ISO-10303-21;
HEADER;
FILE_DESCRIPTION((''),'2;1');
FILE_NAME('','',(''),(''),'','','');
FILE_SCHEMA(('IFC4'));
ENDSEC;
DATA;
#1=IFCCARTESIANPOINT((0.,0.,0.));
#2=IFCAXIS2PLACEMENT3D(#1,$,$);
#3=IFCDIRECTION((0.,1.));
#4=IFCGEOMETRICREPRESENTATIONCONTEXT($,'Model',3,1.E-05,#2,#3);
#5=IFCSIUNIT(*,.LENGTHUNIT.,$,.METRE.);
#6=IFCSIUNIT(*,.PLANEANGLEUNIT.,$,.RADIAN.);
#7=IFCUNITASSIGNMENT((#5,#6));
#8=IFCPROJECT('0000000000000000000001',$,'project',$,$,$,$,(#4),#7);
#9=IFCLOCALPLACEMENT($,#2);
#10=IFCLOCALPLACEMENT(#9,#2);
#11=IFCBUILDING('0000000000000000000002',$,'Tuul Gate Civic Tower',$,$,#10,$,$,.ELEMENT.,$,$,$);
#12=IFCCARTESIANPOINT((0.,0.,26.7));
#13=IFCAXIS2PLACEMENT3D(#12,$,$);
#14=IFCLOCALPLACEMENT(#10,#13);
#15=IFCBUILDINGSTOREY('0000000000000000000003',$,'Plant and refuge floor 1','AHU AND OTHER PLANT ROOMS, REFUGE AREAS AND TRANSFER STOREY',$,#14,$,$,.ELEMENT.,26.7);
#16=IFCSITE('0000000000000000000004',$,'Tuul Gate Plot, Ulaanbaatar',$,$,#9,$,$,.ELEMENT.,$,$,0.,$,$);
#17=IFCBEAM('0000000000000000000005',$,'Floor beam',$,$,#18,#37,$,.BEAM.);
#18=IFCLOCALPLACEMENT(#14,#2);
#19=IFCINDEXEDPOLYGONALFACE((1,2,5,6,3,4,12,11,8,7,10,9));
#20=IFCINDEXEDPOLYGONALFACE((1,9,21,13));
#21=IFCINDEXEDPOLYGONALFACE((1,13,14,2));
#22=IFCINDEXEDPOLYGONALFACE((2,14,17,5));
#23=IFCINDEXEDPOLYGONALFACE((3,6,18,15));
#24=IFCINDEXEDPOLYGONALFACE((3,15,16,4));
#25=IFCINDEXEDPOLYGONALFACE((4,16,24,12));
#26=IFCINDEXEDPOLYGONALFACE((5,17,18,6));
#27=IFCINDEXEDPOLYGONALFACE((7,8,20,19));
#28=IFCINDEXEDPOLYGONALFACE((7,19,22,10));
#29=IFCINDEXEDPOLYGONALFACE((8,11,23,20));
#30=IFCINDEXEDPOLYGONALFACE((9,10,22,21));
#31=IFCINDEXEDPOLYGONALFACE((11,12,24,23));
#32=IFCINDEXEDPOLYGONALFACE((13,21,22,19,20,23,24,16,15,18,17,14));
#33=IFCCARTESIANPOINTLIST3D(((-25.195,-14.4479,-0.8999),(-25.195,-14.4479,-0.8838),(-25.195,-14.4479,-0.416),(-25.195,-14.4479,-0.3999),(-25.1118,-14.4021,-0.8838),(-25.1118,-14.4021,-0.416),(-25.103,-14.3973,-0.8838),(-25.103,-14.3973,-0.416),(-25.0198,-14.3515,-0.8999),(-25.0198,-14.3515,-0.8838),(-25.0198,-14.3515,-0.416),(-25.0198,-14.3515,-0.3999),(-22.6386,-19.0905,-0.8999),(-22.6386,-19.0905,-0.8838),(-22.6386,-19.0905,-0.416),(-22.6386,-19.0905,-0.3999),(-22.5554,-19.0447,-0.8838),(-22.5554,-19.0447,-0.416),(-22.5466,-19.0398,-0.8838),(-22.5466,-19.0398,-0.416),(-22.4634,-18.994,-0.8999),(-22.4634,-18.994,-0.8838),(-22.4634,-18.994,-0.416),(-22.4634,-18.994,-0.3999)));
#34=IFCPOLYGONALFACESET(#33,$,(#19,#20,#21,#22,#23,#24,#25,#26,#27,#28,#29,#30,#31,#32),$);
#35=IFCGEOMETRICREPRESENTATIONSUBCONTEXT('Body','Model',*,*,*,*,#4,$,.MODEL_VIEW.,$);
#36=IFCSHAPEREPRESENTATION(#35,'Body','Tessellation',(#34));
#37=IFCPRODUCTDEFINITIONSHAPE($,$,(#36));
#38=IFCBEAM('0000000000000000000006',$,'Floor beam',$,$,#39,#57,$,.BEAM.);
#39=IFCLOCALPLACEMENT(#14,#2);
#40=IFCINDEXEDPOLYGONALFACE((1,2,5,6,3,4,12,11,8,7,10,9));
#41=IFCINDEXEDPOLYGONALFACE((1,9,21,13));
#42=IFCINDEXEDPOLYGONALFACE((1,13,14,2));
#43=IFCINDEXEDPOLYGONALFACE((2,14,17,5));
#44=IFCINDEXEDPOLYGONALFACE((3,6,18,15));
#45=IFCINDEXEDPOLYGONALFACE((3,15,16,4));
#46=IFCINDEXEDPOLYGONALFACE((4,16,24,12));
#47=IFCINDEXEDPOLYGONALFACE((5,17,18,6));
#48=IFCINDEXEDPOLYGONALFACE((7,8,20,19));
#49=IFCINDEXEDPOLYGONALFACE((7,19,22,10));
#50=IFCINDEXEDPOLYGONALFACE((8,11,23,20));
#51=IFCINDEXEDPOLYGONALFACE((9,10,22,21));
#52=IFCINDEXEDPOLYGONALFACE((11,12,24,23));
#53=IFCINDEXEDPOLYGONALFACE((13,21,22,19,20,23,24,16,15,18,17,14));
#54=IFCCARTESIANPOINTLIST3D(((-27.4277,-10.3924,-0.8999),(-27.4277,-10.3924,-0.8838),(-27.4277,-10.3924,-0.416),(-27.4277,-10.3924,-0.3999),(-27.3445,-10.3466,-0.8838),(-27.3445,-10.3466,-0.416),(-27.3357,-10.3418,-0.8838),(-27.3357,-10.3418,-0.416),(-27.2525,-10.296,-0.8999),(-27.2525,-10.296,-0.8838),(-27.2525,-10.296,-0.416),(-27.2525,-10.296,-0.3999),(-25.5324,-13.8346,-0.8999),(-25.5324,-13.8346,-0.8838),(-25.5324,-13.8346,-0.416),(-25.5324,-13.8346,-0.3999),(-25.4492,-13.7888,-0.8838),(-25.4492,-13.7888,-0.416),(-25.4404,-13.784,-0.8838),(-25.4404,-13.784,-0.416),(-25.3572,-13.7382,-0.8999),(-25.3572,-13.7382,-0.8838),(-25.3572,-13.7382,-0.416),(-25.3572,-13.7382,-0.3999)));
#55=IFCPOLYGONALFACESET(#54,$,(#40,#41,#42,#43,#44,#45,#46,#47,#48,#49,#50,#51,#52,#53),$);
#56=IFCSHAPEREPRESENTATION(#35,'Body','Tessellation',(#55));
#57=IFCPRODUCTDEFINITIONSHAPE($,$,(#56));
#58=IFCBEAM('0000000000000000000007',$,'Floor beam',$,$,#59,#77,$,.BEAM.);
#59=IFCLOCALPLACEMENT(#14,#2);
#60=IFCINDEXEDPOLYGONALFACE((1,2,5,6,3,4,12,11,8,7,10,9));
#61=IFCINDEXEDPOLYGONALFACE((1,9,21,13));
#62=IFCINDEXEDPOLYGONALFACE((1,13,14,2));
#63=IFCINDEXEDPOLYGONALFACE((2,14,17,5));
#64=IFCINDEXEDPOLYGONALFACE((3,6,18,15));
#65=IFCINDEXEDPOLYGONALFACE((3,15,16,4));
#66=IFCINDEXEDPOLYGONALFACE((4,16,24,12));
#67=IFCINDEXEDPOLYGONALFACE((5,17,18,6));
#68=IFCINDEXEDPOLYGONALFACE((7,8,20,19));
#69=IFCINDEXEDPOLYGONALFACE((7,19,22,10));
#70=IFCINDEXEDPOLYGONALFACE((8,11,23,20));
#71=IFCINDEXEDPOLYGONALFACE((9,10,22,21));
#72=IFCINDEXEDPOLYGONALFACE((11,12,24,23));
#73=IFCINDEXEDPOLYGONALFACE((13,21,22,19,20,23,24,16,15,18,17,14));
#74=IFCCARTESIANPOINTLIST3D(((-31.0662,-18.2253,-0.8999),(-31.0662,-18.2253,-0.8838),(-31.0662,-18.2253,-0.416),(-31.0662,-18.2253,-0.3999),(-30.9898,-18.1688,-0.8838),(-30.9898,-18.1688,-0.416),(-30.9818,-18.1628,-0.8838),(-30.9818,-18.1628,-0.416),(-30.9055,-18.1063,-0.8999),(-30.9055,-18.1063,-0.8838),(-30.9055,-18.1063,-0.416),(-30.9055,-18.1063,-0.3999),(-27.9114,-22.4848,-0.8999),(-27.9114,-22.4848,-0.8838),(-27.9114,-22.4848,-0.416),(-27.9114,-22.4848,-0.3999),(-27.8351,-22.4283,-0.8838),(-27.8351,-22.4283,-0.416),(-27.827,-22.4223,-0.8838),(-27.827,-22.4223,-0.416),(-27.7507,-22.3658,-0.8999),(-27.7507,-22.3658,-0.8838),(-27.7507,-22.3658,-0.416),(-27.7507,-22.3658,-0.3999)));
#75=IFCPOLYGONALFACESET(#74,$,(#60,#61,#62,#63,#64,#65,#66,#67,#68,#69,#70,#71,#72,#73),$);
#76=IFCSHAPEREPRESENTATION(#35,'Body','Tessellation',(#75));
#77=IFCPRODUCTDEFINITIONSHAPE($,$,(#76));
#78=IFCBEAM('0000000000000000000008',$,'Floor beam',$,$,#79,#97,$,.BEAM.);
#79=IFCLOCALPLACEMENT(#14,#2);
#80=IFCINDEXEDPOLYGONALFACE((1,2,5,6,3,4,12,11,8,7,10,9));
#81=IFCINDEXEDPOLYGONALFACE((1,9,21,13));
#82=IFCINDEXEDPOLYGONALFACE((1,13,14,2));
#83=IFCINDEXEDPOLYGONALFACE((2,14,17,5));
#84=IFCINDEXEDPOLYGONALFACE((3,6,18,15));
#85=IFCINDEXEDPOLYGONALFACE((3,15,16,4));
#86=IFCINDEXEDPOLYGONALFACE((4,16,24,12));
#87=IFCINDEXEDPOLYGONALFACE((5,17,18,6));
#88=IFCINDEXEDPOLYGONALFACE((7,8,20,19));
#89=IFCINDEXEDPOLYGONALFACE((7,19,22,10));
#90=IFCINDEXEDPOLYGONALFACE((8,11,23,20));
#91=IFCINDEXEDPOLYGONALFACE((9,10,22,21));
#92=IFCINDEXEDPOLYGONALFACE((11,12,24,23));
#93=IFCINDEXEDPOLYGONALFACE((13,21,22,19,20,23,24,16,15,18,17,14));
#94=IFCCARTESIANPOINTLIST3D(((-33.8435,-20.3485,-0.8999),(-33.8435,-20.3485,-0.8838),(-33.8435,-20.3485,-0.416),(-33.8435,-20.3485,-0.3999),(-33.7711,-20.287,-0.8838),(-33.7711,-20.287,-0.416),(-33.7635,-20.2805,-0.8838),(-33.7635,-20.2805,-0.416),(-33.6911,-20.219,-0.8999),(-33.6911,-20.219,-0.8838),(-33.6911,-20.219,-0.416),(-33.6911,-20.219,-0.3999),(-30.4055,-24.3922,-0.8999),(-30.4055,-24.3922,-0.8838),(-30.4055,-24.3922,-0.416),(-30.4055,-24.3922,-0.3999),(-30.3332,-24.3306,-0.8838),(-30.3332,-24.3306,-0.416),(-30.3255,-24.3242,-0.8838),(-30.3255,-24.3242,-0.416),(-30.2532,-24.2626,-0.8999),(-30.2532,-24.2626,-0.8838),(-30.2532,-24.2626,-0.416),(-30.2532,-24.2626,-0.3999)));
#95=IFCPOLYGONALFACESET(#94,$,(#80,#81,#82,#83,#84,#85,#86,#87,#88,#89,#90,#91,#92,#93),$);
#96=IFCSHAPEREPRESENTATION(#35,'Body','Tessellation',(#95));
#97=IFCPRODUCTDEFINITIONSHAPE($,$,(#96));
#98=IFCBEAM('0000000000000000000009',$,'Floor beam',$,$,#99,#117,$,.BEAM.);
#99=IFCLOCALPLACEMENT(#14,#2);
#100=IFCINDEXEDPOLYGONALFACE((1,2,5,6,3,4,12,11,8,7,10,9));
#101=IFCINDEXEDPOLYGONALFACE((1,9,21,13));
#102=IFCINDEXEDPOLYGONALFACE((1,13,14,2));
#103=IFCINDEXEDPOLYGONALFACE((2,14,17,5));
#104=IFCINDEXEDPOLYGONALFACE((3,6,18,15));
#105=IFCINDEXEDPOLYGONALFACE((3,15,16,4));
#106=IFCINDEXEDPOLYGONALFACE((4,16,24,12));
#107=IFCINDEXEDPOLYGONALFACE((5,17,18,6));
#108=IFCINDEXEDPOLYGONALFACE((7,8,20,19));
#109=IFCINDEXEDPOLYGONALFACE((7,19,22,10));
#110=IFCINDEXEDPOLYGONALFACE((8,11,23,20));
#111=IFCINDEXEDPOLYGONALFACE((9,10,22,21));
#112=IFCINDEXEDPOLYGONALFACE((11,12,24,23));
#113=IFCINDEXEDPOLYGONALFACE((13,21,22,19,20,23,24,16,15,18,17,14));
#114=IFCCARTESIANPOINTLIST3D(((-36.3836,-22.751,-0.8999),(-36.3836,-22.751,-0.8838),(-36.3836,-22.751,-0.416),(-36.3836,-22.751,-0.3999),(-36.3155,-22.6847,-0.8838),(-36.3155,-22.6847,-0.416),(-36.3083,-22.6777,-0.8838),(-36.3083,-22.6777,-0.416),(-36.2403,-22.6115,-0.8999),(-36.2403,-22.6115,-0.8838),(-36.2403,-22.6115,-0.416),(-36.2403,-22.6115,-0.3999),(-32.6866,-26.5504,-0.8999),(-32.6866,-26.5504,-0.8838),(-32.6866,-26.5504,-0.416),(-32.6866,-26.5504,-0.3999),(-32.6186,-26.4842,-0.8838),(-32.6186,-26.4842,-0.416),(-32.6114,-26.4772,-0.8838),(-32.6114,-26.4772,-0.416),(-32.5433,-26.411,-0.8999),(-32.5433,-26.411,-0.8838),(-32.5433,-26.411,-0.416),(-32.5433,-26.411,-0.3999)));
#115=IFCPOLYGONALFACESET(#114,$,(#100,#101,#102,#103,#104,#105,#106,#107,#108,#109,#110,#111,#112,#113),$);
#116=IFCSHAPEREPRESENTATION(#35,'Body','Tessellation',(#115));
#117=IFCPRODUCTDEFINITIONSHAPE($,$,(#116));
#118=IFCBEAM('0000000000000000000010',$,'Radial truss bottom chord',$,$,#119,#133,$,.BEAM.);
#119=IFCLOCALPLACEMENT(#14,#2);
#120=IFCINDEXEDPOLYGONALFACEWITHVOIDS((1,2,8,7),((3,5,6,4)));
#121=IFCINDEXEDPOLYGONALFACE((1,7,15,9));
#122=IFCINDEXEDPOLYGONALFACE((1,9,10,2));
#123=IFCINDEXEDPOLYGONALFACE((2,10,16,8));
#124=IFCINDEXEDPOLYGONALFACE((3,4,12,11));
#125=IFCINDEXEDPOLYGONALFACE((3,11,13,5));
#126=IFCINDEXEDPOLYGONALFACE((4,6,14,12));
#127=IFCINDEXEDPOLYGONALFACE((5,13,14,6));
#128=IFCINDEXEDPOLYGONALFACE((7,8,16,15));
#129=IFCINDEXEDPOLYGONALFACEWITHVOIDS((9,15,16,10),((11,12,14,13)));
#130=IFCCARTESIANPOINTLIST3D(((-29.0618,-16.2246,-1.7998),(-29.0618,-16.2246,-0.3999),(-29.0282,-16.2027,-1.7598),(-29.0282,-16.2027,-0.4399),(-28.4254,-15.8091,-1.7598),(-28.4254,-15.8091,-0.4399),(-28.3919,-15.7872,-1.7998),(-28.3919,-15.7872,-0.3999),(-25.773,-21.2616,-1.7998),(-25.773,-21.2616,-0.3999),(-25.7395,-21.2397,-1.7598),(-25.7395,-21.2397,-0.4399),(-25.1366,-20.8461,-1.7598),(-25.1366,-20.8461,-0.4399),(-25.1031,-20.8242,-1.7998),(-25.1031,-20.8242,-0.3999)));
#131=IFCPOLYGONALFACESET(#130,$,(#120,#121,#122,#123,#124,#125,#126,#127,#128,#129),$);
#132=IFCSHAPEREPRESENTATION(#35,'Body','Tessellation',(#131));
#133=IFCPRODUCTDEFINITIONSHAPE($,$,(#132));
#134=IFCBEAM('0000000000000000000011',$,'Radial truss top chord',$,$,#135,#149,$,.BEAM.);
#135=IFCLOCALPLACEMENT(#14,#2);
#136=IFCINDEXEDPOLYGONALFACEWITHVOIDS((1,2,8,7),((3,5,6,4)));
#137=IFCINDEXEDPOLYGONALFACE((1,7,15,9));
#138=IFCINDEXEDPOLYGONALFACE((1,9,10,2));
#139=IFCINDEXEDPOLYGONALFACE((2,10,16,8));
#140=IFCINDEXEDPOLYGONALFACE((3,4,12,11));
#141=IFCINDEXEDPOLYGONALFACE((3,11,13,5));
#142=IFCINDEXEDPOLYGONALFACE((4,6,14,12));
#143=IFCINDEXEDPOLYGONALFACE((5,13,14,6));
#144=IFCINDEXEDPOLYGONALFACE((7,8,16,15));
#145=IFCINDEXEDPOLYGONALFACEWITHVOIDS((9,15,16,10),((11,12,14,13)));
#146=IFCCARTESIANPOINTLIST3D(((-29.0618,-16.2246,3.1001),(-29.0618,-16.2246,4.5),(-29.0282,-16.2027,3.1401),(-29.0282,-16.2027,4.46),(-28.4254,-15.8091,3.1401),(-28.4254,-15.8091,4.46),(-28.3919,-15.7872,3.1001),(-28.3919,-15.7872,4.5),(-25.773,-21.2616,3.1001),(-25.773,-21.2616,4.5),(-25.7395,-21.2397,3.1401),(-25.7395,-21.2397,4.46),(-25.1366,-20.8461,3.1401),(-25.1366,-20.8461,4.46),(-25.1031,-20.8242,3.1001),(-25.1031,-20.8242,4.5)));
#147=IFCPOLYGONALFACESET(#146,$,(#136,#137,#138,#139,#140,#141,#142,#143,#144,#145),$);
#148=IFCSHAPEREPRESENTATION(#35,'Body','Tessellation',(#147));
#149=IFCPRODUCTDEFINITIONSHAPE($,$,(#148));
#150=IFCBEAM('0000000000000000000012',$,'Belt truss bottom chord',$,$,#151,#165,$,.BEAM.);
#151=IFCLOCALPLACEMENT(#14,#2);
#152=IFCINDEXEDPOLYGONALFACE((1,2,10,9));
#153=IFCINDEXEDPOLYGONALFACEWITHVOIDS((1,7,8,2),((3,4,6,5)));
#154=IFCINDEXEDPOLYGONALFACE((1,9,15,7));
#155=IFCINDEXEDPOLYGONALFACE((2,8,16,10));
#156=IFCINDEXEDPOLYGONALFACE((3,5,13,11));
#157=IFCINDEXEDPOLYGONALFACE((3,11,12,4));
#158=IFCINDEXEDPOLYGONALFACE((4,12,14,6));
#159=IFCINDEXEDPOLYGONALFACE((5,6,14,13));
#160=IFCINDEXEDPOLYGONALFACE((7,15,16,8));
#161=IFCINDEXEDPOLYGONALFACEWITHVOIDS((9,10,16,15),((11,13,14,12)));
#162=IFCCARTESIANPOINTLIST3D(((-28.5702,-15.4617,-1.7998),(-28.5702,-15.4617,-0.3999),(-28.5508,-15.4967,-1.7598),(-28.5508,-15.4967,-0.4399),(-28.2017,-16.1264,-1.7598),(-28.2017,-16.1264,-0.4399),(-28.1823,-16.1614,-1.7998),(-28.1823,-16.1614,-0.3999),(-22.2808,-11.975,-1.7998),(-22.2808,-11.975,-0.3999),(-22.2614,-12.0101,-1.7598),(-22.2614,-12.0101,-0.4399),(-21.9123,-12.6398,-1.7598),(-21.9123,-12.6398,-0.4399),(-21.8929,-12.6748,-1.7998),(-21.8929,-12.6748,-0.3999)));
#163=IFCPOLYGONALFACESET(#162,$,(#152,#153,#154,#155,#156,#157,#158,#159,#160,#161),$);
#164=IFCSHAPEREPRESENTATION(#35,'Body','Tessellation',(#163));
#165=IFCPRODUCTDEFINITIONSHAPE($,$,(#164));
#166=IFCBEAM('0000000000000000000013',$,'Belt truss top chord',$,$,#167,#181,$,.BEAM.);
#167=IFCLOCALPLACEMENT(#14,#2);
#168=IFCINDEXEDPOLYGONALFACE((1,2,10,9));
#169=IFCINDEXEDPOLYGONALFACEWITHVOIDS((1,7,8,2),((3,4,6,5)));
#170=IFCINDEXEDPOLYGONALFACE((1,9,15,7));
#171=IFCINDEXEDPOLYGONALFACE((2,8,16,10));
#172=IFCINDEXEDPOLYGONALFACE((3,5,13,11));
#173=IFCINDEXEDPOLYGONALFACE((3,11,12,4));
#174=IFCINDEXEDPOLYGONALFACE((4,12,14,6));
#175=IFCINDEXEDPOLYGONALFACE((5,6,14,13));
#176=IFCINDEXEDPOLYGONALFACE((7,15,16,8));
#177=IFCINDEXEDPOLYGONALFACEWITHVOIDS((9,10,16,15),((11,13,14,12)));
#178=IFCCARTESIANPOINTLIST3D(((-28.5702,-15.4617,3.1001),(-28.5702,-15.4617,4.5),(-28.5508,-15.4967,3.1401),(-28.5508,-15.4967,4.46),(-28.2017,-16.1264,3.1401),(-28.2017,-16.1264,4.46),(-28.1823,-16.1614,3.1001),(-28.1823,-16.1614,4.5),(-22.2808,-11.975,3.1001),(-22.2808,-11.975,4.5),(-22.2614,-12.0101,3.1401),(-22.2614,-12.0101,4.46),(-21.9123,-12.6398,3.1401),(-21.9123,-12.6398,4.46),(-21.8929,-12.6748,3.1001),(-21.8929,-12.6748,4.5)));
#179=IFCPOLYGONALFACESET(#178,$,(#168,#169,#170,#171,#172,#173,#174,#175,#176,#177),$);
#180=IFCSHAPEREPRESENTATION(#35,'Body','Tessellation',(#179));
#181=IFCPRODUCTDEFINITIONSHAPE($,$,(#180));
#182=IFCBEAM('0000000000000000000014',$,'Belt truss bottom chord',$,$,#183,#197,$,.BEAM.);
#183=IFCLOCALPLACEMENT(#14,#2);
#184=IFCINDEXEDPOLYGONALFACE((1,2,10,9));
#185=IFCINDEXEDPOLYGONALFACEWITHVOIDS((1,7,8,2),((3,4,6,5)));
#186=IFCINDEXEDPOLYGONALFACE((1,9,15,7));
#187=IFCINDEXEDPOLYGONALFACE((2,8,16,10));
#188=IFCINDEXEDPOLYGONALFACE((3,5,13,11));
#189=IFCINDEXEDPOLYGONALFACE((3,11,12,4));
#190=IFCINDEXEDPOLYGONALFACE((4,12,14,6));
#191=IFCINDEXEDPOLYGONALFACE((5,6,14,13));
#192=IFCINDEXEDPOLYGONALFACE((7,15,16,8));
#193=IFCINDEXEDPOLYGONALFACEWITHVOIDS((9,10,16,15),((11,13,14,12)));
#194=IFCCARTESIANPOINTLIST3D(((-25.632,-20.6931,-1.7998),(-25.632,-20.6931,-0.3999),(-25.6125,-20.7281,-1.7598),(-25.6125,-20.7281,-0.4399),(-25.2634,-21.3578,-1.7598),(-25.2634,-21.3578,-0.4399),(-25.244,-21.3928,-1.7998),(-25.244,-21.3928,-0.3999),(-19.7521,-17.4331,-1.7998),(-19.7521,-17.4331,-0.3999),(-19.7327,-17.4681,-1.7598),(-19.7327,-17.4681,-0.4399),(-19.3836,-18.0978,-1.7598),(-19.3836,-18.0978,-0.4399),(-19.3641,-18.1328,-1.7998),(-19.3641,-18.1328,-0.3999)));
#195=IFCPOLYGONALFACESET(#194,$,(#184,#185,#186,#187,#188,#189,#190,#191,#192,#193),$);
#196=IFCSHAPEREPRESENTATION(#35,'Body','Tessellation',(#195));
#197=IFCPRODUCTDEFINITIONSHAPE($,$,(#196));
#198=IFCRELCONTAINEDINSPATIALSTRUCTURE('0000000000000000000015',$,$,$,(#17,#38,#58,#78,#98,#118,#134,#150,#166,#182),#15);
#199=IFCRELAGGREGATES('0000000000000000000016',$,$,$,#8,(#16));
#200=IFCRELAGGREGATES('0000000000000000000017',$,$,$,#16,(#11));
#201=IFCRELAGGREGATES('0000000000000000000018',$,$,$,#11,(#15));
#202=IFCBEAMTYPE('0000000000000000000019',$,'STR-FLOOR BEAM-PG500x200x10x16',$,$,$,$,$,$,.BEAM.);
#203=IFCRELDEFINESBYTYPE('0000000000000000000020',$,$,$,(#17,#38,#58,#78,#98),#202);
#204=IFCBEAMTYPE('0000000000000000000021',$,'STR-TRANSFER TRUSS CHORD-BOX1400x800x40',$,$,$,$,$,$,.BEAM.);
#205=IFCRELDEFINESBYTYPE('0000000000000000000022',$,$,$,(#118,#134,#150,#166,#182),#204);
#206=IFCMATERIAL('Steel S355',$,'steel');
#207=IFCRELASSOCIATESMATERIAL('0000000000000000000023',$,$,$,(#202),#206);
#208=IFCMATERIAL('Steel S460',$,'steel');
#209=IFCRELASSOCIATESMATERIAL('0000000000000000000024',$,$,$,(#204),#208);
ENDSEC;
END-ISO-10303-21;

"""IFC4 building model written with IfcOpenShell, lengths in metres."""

from ifc_helpers import new_model, si_unit, direction, frame, origin, origin_2d, place, context, subcontext, project, spatial, hollow_rectangle, i_section, extrude, material, material_profile, profile_set, type_object, element, save


model = new_model("IFC4")

# Units and contexts
model_context = context("Model", 3, precision=1e-05, world=origin(), true_north=direction((0.0, 1.0)))
body_context = subcontext(model_context, "Body", "Model", "MODEL_VIEW")
ifc_project = project(units=[si_unit("LENGTHUNIT", "METRE"), si_unit("PLANEANGLEUNIT", "RADIAN")], contexts=[model_context])

# Site, building, storey
site_placement = place(None, origin())
site = spatial("IfcSite", under=ifc_project, at=site_placement, Name="Tuul Gate Plot, Ulaanbaatar", CompositionType="ELEMENT", RefElevation=0.0)
building_placement = place(site_placement, origin())
building = spatial("IfcBuilding", under=site, at=building_placement, Name="Tuul Gate Civic Tower", CompositionType="ELEMENT")
storey_placement = place(building_placement, frame((0.0, 0.0, 26.7)))
storey = spatial("IfcBuildingStorey", under=building, at=storey_placement, Name="Plant and refuge floor 1", Description="AHU AND OTHER PLANT ROOMS, REFUGE AREAS AND TRANSFER STOREY", CompositionType="ELEMENT", Elevation=26.7)

# Beams
ifc_material_1 = material(Name="Steel S355", Category="steel")
ifc_material_profile_1 = material_profile(ifc_material_1, i_section(OverallWidth=0.2, OverallDepth=0.5, WebThickness=0.01, FlangeThickness=0.0161, at=origin_2d()), Name="PG500x200x10x16")
ifc_profile_set_1 = profile_set([ifc_material_profile_1], Name="Steel S355")
beam_type_1 = type_object("IfcBeamType", Name="STR-FLOOR BEAM-PG500x200x10x16", PredefinedType="BEAM", material=ifc_profile_set_1)
beam_1_placement = place(storey_placement, frame((-22.551, -19.0422, -0.6499), z_axis=(-0.48235, 0.875978, 0.0), x_axis=(-0.875978, -0.48235, 0.0)))
element("IfcBeam", 1, at=beam_1_placement, inside=storey, type_object=beam_type_1, Name="Floor beam", PredefinedType="BEAM", context=body_context, shape_type="SweptSolid", body=[
    extrude(i_section(OverallWidth=0.2, OverallDepth=0.5, WebThickness=0.01, FlangeThickness=0.0161, at=origin_2d()), origin(), (0.0, 0.0, 1.0), 5.2998),
])
beam_2_placement = place(storey_placement, frame((-25.4448, -13.7864, -0.6499), z_axis=(-0.482327, 0.875991, 0.0), x_axis=(-0.875991, -0.482327, 0.0)))
element("IfcBeam", 2, at=beam_2_placement, inside=storey, type_object=beam_type_1, Name="Floor beam", PredefinedType="BEAM", context=body_context, shape_type="SweptSolid", body=[
    extrude(i_section(OverallWidth=0.2, OverallDepth=0.5, WebThickness=0.01, FlangeThickness=0.0161, at=origin_2d()), origin(), (0.0, 0.0, 1.0), 3.9294),
])
beam_3_placement = place(storey_placement, frame((-27.8311, -22.4253, -0.6499), z_axis=(-0.595177, 0.803595, 0.0), x_axis=(-0.803595, -0.595177, 0.0)))
element("IfcBeam", 3, at=beam_3_placement, inside=storey, type_object=beam_type_1, Name="Floor beam", PredefinedType="BEAM", context=body_context, shape_type="SweptSolid", body=[
    extrude(i_section(OverallWidth=0.2, OverallDepth=0.5, WebThickness=0.01, FlangeThickness=0.0161, at=origin_2d()), origin(), (0.0, 0.0, 1.0), 5.3005),
])
beam_4_placement = place(storey_placement, frame((-30.3293, -24.3274, -0.6499), z_axis=(-0.647741, 0.761861, 0.0), x_axis=(-0.761861, -0.647741, 0.0)))
element("IfcBeam", 4, at=beam_4_placement, inside=storey, type_object=beam_type_1, Name="Floor beam", PredefinedType="BEAM", context=body_context, shape_type="SweptSolid", body=[
    extrude(i_section(OverallWidth=0.2, OverallDepth=0.5, WebThickness=0.01, FlangeThickness=0.0161, at=origin_2d()), origin(), (0.0, 0.0, 1.0), 5.3076),
])
beam_5_placement = place(storey_placement, frame((-32.615, -26.4807, -0.6499), z_axis=(-0.69737, 0.716712, 0.0), x_axis=(-0.716712, -0.69737, 0.0)))
element("IfcBeam", 5, at=beam_5_placement, inside=storey, type_object=beam_type_1, Name="Floor beam", PredefinedType="BEAM", context=body_context, shape_type="SweptSolid", body=[
    extrude(i_section(OverallWidth=0.2, OverallDepth=0.5, WebThickness=0.01, FlangeThickness=0.0161, at=origin_2d()), origin(), (0.0, 0.0, 1.0), 5.3013),
])
ifc_material_2 = material(Name="Steel S460", Category="steel")
ifc_material_profile_2 = material_profile(ifc_material_2, hollow_rectangle(XDim=0.8, YDim=1.3999, WallThickness=0.04, at=origin_2d()), Name="BOX1400x800x40")
ifc_profile_set_2 = profile_set([ifc_material_profile_2], Name="Steel S460")
beam_type_2 = type_object("IfcBeamType", Name="STR-TRANSFER TRUSS CHORD-BOX1400x800x40", PredefinedType="BEAM", material=ifc_profile_set_2)
for number, where, z_axis, x_axis, name in (
    (6, (-28.7268, -16.0059, -1.0999), (0.546705, -0.837325, 0.0), (0.837325, 0.546705, 0.0), "Radial truss bottom chord"),
    (7, (-28.7268, -16.0059, 3.8), (0.546705, -0.837325, 0.0), (0.837325, 0.546705, 0.0), "Radial truss top chord"),
):
    element("IfcBeam", number, at=place(storey_placement, frame(where, z_axis=z_axis, x_axis=x_axis)), inside=storey, type_object=beam_type_2, Name=name, PredefinedType="BEAM", context=body_context, shape_type="SweptSolid", body=[
        extrude(hollow_rectangle(XDim=0.8, YDim=1.3999, WallThickness=0.04, at=origin_2d()), origin(), (0.0, 0.0, 1.0), 6.0156),
    ])
for number, where, z_axis, x_axis, name in (
    (8, (-28.3762, -15.8115, -1.0999), (0.874599, 0.484847, 0.0), (-0.484847, 0.874599, 0.0), "Belt truss bottom chord"),
    (9, (-28.3762, -15.8115, 3.8), (0.874599, 0.484847, 0.0), (-0.484847, 0.874599, 0.0), "Belt truss top chord"),
):
    element("IfcBeam", number, at=place(storey_placement, frame(where, z_axis=z_axis, x_axis=x_axis)), inside=storey, type_object=beam_type_2, Name=name, PredefinedType="BEAM", context=body_context, shape_type="SweptSolid", body=[
        extrude(hollow_rectangle(XDim=0.8, YDim=1.3999, WallThickness=0.04, at=origin_2d()), origin(), (0.0, 0.0, 1.0), 7.1912),
    ])
for number, where, z_axis, x_axis, name in (
    (10, (-25.438, -21.043, -1.0999), (0.874573, 0.484894, 0.0), (-0.484894, 0.874573, 0.0), "Belt truss bottom chord"),
):
    element("IfcBeam", number, at=place(storey_placement, frame(where, z_axis=z_axis, x_axis=x_axis)), inside=storey, type_object=beam_type_2, Name=name, PredefinedType="BEAM", context=body_context, shape_type="SweptSolid", body=[
        extrude(hollow_rectangle(XDim=0.8, YDim=1.3999, WallThickness=0.04, at=origin_2d()), origin(), (0.0, 0.0, 1.0), 6.7231),
    ])

save(model, "model.ifc")
